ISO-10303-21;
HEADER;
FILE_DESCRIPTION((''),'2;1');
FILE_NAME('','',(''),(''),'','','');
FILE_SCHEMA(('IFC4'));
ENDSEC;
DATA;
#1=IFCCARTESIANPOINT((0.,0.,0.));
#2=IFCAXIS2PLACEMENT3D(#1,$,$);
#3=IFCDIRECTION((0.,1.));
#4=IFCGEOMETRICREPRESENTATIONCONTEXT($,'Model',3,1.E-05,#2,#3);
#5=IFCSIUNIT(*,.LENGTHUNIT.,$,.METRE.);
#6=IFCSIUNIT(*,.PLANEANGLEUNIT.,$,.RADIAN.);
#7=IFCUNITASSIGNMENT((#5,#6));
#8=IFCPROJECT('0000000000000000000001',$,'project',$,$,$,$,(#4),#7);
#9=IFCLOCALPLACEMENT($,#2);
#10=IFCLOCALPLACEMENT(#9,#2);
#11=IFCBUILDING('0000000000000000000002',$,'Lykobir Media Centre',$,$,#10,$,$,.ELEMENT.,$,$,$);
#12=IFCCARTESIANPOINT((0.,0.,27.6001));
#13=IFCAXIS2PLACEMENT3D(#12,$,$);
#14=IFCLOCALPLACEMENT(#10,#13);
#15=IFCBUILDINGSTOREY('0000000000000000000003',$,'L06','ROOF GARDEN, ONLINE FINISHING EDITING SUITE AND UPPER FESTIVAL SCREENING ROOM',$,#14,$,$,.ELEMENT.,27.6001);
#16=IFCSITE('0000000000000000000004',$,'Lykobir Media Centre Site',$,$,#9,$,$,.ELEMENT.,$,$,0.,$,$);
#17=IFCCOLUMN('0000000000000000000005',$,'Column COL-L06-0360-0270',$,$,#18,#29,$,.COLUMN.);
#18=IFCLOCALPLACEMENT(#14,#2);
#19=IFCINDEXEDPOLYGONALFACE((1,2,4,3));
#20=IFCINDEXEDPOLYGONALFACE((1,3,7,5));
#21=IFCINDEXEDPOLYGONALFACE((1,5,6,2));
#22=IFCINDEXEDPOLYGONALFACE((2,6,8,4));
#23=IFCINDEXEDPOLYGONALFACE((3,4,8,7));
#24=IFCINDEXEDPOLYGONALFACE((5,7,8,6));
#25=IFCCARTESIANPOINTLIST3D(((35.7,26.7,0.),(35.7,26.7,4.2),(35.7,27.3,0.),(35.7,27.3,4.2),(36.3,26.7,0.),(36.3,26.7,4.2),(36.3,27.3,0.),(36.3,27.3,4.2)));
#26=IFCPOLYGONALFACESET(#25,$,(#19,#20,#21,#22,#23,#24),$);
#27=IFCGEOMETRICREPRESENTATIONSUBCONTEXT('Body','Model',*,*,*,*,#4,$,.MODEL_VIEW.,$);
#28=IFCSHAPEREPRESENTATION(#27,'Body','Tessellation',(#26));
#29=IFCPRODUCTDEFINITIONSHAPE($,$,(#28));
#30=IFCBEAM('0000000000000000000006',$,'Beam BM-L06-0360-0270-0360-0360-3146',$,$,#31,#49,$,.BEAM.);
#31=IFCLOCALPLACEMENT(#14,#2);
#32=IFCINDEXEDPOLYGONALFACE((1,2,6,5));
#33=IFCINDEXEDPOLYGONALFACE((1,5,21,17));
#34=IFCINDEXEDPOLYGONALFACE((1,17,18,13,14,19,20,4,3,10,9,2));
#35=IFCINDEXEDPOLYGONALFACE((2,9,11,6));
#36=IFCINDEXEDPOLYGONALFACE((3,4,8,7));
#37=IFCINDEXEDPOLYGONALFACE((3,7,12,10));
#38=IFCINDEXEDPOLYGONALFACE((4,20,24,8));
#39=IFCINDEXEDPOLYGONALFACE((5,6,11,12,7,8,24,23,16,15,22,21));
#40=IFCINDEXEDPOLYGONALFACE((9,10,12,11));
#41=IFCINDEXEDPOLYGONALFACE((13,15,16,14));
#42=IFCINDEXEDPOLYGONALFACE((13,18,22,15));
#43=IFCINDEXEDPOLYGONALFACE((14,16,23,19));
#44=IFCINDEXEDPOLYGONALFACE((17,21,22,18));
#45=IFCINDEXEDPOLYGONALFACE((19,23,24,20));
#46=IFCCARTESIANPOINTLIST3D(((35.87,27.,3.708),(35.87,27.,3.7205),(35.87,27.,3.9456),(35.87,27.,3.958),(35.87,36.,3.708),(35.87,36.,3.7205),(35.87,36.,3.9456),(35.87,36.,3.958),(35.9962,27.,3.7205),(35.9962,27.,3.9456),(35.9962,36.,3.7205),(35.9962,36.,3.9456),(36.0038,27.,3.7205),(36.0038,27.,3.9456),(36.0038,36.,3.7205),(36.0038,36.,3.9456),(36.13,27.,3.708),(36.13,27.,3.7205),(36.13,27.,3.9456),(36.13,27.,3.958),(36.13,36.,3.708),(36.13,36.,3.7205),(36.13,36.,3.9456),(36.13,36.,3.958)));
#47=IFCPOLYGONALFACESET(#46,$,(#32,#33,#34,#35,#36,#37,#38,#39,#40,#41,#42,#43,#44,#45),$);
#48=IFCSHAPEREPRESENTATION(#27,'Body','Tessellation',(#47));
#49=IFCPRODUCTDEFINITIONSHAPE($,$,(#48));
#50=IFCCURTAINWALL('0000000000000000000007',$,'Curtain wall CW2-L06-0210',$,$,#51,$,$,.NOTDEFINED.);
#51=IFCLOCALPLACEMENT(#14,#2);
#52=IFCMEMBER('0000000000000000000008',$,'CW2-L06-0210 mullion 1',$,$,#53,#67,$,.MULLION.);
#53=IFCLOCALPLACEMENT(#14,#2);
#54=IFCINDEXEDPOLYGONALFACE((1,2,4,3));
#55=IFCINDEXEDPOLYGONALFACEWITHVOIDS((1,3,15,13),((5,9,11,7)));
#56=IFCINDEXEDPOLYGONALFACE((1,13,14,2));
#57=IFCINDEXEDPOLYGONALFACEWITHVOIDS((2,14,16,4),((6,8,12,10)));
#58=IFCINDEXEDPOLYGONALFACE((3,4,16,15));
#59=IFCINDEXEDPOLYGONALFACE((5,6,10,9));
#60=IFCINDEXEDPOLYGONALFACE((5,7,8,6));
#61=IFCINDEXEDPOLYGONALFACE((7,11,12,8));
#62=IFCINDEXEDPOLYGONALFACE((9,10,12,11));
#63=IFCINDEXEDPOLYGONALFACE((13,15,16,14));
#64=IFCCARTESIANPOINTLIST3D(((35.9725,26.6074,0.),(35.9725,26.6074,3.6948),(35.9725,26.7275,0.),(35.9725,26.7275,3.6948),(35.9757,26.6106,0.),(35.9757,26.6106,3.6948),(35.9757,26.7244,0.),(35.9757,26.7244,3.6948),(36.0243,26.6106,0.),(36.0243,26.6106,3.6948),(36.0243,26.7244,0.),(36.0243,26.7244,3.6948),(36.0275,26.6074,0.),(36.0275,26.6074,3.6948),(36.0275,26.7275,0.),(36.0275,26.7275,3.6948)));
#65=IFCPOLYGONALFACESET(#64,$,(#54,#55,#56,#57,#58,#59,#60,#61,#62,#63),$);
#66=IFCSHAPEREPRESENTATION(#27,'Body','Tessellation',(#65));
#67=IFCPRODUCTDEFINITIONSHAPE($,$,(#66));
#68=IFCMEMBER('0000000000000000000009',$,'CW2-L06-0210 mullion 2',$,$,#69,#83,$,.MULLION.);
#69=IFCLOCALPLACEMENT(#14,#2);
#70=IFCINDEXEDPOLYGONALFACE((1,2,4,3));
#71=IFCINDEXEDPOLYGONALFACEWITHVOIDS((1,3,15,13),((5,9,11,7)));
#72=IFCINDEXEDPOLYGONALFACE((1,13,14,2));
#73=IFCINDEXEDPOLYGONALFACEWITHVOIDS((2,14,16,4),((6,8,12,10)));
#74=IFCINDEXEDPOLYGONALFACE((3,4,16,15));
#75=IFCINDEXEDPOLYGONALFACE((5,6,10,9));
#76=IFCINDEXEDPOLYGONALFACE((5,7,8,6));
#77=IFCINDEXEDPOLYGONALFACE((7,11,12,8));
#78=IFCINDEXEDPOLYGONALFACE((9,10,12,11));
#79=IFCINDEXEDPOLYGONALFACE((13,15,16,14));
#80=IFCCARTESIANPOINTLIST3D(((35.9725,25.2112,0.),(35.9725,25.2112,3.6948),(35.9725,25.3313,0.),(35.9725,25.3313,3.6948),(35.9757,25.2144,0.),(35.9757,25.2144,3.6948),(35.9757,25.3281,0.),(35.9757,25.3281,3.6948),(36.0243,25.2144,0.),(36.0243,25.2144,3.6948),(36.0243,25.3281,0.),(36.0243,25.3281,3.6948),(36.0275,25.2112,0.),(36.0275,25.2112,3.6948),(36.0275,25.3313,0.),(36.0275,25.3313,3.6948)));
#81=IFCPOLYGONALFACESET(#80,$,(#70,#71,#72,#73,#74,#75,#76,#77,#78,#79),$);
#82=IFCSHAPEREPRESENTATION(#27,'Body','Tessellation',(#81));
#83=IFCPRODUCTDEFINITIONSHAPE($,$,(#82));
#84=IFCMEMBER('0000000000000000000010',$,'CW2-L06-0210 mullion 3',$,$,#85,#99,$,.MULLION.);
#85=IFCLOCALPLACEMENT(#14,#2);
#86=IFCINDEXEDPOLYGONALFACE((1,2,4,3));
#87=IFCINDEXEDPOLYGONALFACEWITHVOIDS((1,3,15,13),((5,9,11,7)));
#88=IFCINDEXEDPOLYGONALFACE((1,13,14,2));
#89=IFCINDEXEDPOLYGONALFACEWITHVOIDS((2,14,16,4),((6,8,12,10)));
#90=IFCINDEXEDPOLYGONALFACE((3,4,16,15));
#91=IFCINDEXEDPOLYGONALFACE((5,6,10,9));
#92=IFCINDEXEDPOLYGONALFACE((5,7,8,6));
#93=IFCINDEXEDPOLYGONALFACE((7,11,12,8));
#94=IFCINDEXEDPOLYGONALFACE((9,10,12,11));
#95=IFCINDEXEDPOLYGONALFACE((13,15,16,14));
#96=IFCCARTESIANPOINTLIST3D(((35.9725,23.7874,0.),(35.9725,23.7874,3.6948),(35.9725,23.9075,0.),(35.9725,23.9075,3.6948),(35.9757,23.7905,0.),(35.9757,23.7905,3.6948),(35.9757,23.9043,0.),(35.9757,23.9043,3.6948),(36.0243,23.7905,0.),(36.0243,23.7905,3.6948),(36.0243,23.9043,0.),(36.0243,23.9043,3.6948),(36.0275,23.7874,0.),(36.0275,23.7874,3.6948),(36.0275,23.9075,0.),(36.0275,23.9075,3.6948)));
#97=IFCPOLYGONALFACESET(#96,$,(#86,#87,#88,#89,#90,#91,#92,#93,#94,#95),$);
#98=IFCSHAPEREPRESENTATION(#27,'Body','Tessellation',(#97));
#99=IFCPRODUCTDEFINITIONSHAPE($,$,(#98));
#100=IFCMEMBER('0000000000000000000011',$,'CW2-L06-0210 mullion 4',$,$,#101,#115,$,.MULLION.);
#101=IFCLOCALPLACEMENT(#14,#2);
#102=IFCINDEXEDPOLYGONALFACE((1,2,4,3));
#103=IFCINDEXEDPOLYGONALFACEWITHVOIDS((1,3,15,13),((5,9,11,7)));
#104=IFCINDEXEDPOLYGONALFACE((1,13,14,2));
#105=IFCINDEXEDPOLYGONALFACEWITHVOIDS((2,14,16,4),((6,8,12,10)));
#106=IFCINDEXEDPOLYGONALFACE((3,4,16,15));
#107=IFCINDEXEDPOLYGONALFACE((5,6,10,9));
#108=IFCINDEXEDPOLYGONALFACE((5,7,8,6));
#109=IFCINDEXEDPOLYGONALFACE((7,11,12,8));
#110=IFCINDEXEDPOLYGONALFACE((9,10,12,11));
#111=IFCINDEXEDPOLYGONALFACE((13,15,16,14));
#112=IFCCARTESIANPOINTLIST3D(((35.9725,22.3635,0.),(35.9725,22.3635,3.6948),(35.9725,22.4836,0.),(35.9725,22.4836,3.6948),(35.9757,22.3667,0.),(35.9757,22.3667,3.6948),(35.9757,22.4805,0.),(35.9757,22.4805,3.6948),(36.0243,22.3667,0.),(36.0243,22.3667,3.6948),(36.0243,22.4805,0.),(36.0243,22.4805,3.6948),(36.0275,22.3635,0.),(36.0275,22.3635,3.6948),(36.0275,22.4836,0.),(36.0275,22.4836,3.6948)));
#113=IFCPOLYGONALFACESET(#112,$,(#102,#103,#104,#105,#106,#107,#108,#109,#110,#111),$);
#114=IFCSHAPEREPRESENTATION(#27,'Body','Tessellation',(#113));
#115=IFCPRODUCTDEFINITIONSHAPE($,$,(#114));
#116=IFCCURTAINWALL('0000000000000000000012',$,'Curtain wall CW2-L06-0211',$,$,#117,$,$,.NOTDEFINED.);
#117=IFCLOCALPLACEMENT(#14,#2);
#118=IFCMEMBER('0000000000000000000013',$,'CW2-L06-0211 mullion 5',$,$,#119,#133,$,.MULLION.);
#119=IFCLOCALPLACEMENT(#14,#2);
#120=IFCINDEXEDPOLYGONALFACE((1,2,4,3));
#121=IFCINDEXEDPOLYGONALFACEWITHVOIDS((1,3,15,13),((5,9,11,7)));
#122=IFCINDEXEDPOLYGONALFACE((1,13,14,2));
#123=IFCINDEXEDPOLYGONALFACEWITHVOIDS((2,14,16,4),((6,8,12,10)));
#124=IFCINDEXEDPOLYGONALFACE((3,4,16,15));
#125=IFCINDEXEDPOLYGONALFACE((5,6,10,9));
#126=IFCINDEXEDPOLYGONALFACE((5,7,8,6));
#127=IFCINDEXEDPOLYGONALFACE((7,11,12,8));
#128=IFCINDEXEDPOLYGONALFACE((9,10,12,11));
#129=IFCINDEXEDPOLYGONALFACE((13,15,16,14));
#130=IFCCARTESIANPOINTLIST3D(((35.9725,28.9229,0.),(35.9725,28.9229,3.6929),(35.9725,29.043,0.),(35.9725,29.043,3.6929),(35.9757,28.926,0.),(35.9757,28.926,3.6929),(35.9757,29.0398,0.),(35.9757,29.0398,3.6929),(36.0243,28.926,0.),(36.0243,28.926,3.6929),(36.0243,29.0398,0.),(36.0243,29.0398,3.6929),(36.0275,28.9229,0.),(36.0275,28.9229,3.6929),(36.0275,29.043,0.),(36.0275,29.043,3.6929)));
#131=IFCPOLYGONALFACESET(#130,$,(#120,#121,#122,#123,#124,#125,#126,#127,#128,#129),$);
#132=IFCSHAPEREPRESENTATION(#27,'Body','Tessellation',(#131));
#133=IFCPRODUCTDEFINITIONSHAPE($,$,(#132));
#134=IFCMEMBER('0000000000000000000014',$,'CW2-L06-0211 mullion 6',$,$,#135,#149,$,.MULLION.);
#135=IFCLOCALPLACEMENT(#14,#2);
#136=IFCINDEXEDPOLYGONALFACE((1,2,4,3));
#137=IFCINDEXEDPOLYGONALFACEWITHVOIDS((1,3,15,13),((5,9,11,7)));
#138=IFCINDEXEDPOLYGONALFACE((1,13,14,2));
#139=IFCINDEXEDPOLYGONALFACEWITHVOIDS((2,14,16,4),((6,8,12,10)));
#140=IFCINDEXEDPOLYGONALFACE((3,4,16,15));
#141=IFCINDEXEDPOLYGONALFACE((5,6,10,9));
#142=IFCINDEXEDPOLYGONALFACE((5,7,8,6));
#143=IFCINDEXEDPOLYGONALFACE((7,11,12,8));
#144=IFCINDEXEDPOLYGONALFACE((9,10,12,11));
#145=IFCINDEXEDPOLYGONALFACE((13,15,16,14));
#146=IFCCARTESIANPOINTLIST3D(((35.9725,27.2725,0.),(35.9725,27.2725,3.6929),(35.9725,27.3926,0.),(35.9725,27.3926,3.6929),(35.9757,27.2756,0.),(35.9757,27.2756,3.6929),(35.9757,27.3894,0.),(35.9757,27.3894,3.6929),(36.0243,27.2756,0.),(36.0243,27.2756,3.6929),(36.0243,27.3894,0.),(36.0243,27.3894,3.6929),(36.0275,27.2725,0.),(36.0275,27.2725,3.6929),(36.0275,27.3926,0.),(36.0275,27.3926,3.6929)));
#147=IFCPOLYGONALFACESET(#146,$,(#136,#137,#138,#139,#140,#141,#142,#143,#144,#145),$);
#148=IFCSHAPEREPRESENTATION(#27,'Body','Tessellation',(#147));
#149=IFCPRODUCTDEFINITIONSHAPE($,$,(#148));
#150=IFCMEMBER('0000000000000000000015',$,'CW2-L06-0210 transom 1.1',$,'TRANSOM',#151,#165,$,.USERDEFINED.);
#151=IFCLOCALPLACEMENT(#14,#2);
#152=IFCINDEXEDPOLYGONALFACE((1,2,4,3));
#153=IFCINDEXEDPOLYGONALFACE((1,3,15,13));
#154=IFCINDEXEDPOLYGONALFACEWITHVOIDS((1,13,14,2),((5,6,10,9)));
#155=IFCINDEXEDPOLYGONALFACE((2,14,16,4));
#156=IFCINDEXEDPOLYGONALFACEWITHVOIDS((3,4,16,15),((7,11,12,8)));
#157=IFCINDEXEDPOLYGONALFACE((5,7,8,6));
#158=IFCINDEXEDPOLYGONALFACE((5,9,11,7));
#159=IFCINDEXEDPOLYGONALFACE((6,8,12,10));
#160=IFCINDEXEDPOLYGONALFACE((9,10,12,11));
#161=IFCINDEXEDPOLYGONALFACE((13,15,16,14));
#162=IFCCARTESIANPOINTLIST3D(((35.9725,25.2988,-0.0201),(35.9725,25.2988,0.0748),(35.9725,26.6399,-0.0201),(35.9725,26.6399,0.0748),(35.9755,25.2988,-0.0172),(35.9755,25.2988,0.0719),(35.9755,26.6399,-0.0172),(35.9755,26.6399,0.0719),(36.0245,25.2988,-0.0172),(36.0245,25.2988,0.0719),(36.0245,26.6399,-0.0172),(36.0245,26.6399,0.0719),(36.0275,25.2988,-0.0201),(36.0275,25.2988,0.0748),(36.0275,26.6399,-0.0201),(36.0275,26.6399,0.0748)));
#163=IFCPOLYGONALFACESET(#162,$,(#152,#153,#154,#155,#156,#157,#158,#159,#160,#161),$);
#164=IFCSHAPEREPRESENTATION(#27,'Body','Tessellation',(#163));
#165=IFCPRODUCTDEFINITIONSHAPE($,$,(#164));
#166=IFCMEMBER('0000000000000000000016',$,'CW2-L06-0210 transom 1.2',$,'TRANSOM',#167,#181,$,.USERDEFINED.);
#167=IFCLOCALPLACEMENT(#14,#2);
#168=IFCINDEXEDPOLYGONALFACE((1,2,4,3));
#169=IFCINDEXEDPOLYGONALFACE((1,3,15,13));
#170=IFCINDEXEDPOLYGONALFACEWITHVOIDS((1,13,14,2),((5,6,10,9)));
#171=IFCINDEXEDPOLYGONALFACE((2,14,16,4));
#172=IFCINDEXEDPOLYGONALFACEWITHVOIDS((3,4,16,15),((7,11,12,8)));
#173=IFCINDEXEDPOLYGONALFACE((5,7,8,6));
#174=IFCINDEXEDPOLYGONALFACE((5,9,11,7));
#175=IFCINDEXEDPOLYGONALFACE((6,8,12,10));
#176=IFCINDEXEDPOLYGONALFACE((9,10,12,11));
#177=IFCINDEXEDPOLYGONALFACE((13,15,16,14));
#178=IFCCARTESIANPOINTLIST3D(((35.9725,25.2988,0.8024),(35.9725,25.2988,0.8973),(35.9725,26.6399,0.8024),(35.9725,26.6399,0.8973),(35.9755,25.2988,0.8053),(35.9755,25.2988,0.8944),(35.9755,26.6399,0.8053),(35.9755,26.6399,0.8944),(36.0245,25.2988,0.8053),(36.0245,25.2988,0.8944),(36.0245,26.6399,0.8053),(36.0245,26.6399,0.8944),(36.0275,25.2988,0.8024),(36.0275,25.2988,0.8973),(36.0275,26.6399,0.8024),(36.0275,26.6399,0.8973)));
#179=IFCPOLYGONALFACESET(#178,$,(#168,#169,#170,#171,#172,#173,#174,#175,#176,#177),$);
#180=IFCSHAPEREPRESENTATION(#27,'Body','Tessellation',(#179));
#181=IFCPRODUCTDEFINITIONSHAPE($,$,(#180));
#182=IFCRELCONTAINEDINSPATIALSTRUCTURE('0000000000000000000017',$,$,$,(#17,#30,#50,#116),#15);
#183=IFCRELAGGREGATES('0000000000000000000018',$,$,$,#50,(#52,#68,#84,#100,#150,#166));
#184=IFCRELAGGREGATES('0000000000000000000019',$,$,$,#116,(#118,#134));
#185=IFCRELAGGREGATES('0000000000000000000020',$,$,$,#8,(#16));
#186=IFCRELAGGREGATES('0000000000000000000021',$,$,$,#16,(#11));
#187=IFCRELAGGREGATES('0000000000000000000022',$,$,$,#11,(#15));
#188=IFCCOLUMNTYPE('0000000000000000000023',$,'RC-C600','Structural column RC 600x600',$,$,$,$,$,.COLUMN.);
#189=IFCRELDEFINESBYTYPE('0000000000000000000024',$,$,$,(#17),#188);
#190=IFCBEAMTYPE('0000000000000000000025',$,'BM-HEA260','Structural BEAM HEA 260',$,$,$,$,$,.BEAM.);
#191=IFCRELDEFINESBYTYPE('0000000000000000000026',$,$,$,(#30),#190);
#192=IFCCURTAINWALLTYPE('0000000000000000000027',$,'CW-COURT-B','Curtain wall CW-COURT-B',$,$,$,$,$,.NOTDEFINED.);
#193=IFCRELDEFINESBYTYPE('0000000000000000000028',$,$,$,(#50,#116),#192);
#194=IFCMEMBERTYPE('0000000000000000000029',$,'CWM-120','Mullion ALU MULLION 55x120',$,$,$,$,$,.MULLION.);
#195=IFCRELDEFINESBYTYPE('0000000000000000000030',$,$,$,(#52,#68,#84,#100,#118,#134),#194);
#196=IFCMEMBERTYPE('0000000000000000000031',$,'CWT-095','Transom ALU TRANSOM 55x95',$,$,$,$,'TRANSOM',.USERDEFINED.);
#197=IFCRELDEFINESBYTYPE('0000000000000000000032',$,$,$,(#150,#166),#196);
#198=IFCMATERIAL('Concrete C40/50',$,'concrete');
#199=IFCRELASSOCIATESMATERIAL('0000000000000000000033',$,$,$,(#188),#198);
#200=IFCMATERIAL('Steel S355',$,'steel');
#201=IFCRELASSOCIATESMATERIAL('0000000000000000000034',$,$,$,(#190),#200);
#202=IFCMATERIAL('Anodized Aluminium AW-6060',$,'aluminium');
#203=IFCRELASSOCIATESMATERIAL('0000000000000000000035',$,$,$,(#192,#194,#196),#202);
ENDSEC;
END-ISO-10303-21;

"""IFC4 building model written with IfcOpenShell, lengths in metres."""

from ifc_helpers import new_model, si_unit, direction, frame, origin, origin_2d, place, context, subcontext, project, spatial, rectangle, hollow_rectangle, i_section, extrude, material, material_profile, profile_set, type_object, element, aggregate, save


model = new_model("IFC4")

# Units and contexts
model_context = context("Model", 3, precision=1e-05, world=origin(), true_north=direction((0.0, 1.0)))
body_context = subcontext(model_context, "Body", "Model", "MODEL_VIEW")
ifc_project = project(units=[si_unit("LENGTHUNIT", "METRE"), si_unit("PLANEANGLEUNIT", "RADIAN")], contexts=[model_context])

# Site, building, storey
site_placement = place(None, origin())
site = spatial("IfcSite", under=ifc_project, at=site_placement, Name="Lykobir Media Centre Site", CompositionType="ELEMENT", RefElevation=0.0)
building_placement = place(site_placement, origin())
building = spatial("IfcBuilding", under=site, at=building_placement, Name="Lykobir Media Centre", CompositionType="ELEMENT")
storey_placement = place(building_placement, frame((0.0, 0.0, 27.6001)))
storey = spatial("IfcBuildingStorey", under=building, at=storey_placement, Name="L06", Description="ROOF GARDEN, ONLINE FINISHING EDITING SUITE AND UPPER FESTIVAL SCREENING ROOM", CompositionType="ELEMENT", Elevation=27.6001)

# Column
ifc_material_1 = material(Name="Concrete C40/50", Category="concrete")
ifc_material_profile_1 = material_profile(ifc_material_1, rectangle(XDim=0.6001, YDim=0.6001, at=origin_2d()), Name="RC 600x600")
ifc_profile_set_1 = profile_set([ifc_material_profile_1], Name="Concrete C40/50")
column_type = type_object("IfcColumnType", Name="RC-C600", Description="Structural column RC 600x600", PredefinedType="COLUMN", material=ifc_profile_set_1)
column_placement = place(storey_placement, frame((36.0, 27.0, 0.0), z_axis=(0.0, 0.0, 1.0), x_axis=(1.0, 0.0, 0.0)))
element("IfcColumn", 1, at=column_placement, inside=storey, type_object=column_type, Name="Column COL-L06-0360-0270", PredefinedType="COLUMN", context=body_context, shape_type="SweptSolid", body=[
    extrude(rectangle(XDim=0.6001, YDim=0.6001, at=origin_2d()), origin(), (0.0, 0.0, 1.0), 4.2),
])

# Beam
ifc_material_2 = material(Name="Steel S355", Category="steel")
ifc_material_profile_2 = material_profile(ifc_material_2, i_section(OverallWidth=0.26, OverallDepth=0.25, WebThickness=0.0076, FlangeThickness=0.0125, at=origin_2d()), Name="HEA 260")
ifc_profile_set_2 = profile_set([ifc_material_profile_2], Name="Steel S355")
beam_type = type_object("IfcBeamType", Name="BM-HEA260", Description="Structural BEAM HEA 260", PredefinedType="BEAM", material=ifc_profile_set_2)
beam_placement = place(storey_placement, frame((36.0, 27.0, 3.833), z_axis=(0.0, 1.0, 0.0), x_axis=(-1.0, 0.0, 0.0)))
element("IfcBeam", 2, at=beam_placement, inside=storey, type_object=beam_type, Name="Beam BM-L06-0360-0270-0360-0360-3146", PredefinedType="BEAM", context=body_context, shape_type="SweptSolid", body=[
    extrude(i_section(OverallWidth=0.26, OverallDepth=0.25, WebThickness=0.0076, FlangeThickness=0.0125, at=origin_2d()), origin(), (0.0, 0.0, 1.0), 9.0),
])

# Curtain walls, members
ifc_material_3 = material(Name="Anodized Aluminium AW-6060", Category="aluminium")
curtain_wall_type = type_object("IfcCurtainWallType", Name="CW-COURT-B", Description="Curtain wall CW-COURT-B", PredefinedType="NOTDEFINED", material=ifc_material_3)
curtain_wall_1_placement = place(storey_placement, origin())
curtain_wall_1 = element("IfcCurtainWall", 3, at=curtain_wall_1_placement, inside=storey, type_object=curtain_wall_type, Name="Curtain wall CW2-L06-0210", PredefinedType="NOTDEFINED")
ifc_material_profile_3 = material_profile(ifc_material_3, hollow_rectangle(XDim=0.0549, YDim=0.1201, WallThickness=0.0032, at=origin_2d()), Name="ALU MULLION 55x120")
ifc_profile_set_3 = profile_set([ifc_material_profile_3], Name="Anodized Aluminium AW-6060")
member_type_1 = type_object("IfcMemberType", Name="CWM-120", Description="Mullion ALU MULLION 55x120", PredefinedType="MULLION", material=ifc_profile_set_3)
member_1_placement = place(storey_placement, frame((36.0, 26.6675, 0.0), z_axis=(0.0, 0.0, 1.0), x_axis=(1.0, 0.0, 0.0)))
member_1 = element("IfcMember", 4, at=member_1_placement, type_object=member_type_1, Name="CW2-L06-0210 mullion 1", PredefinedType="MULLION", context=body_context, shape_type="SweptSolid", body=[
    extrude(hollow_rectangle(XDim=0.0549, YDim=0.1201, WallThickness=0.0032, at=origin_2d()), origin(), (0.0, 0.0, 1.0), 3.6948),
])
member_2_placement = place(storey_placement, frame((36.0, 25.2712, 0.0), z_axis=(0.0, 0.0, 1.0), x_axis=(1.0, 0.0, 0.0)))
member_2 = element("IfcMember", 5, at=member_2_placement, type_object=member_type_1, Name="CW2-L06-0210 mullion 2", PredefinedType="MULLION", context=body_context, shape_type="SweptSolid", body=[
    extrude(hollow_rectangle(XDim=0.0549, YDim=0.1201, WallThickness=0.0032, at=origin_2d()), origin(), (0.0, 0.0, 1.0), 3.6948),
])
member_3_placement = place(storey_placement, frame((36.0, 23.8474, 0.0), z_axis=(0.0, 0.0, 1.0), x_axis=(1.0, 0.0, 0.0)))
member_3 = element("IfcMember", 6, at=member_3_placement, type_object=member_type_1, Name="CW2-L06-0210 mullion 3", PredefinedType="MULLION", context=body_context, shape_type="SweptSolid", body=[
    extrude(hollow_rectangle(XDim=0.0549, YDim=0.1201, WallThickness=0.0032, at=origin_2d()), origin(), (0.0, 0.0, 1.0), 3.6948),
])
member_4_placement = place(storey_placement, frame((36.0, 22.4236, 0.0), z_axis=(0.0, 0.0, 1.0), x_axis=(1.0, 0.0, 0.0)))
member_4 = element("IfcMember", 7, at=member_4_placement, type_object=member_type_1, Name="CW2-L06-0210 mullion 4", PredefinedType="MULLION", context=body_context, shape_type="SweptSolid", body=[
    extrude(hollow_rectangle(XDim=0.0549, YDim=0.1201, WallThickness=0.0032, at=origin_2d()), origin(), (0.0, 0.0, 1.0), 3.6948),
])
curtain_wall_2_placement = place(storey_placement, origin())
curtain_wall_2 = element("IfcCurtainWall", 8, at=curtain_wall_2_placement, inside=storey, type_object=curtain_wall_type, Name="Curtain wall CW2-L06-0211", PredefinedType="NOTDEFINED")
member_5_placement = place(storey_placement, frame((36.0, 28.9829, 0.0), z_axis=(0.0, 0.0, 1.0), x_axis=(1.0, 0.0, 0.0)))
member_5 = element("IfcMember", 9, at=member_5_placement, type_object=member_type_1, Name="CW2-L06-0211 mullion 5", PredefinedType="MULLION", context=body_context, shape_type="SweptSolid", body=[
    extrude(hollow_rectangle(XDim=0.0549, YDim=0.1201, WallThickness=0.0032, at=origin_2d()), origin(), (0.0, 0.0, 1.0), 3.6929),
])
member_6_placement = place(storey_placement, frame((36.0, 27.3325, 0.0), z_axis=(0.0, 0.0, 1.0), x_axis=(1.0, 0.0, 0.0)))
member_6 = element("IfcMember", 10, at=member_6_placement, type_object=member_type_1, Name="CW2-L06-0211 mullion 6", PredefinedType="MULLION", context=body_context, shape_type="SweptSolid", body=[
    extrude(hollow_rectangle(XDim=0.0549, YDim=0.1201, WallThickness=0.0032, at=origin_2d()), origin(), (0.0, 0.0, 1.0), 3.6929),
])

# Members
ifc_material_profile_4 = material_profile(ifc_material_3, hollow_rectangle(XDim=0.0549, YDim=0.095, WallThickness=0.0029, at=origin_2d()), Name="ALU TRANSOM 55x95")
ifc_profile_set_4 = profile_set([ifc_material_profile_4], Name="Anodized Aluminium AW-6060")
member_type_2 = type_object("IfcMemberType", Name="CWT-095", Description="Transom ALU TRANSOM 55x95", ElementType="TRANSOM", PredefinedType="USERDEFINED", material=ifc_profile_set_4)
member_7_placement = place(storey_placement, frame((36.0, 26.6399, 0.0273), z_axis=(0.0, -1.0, 0.0), x_axis=(1.0, 0.0, 0.0)))
member_7 = element("IfcMember", 11, at=member_7_placement, type_object=member_type_2, Name="CW2-L06-0210 transom 1.1", ObjectType="TRANSOM", PredefinedType="USERDEFINED", context=body_context, shape_type="SweptSolid", body=[
    extrude(hollow_rectangle(XDim=0.0549, YDim=0.095, WallThickness=0.0029, at=origin_2d()), origin(), (0.0, 0.0, 1.0), 1.3411),
])
member_8_placement = place(storey_placement, frame((36.0, 26.6399, 0.8499), z_axis=(0.0, -1.0, 0.0), x_axis=(1.0, 0.0, 0.0)))
member_8 = element("IfcMember", 12, at=member_8_placement, type_object=member_type_2, Name="CW2-L06-0210 transom 1.2", ObjectType="TRANSOM", PredefinedType="USERDEFINED", context=body_context, shape_type="SweptSolid", body=[
    extrude(hollow_rectangle(XDim=0.0549, YDim=0.095, WallThickness=0.0029, at=origin_2d()), origin(), (0.0, 0.0, 1.0), 1.3411),
])

aggregate(curtain_wall_1, [member_1, member_2, member_3, member_4, member_7, member_8])
aggregate(curtain_wall_2, [member_5, member_6])

save(model, "model.ifc")
